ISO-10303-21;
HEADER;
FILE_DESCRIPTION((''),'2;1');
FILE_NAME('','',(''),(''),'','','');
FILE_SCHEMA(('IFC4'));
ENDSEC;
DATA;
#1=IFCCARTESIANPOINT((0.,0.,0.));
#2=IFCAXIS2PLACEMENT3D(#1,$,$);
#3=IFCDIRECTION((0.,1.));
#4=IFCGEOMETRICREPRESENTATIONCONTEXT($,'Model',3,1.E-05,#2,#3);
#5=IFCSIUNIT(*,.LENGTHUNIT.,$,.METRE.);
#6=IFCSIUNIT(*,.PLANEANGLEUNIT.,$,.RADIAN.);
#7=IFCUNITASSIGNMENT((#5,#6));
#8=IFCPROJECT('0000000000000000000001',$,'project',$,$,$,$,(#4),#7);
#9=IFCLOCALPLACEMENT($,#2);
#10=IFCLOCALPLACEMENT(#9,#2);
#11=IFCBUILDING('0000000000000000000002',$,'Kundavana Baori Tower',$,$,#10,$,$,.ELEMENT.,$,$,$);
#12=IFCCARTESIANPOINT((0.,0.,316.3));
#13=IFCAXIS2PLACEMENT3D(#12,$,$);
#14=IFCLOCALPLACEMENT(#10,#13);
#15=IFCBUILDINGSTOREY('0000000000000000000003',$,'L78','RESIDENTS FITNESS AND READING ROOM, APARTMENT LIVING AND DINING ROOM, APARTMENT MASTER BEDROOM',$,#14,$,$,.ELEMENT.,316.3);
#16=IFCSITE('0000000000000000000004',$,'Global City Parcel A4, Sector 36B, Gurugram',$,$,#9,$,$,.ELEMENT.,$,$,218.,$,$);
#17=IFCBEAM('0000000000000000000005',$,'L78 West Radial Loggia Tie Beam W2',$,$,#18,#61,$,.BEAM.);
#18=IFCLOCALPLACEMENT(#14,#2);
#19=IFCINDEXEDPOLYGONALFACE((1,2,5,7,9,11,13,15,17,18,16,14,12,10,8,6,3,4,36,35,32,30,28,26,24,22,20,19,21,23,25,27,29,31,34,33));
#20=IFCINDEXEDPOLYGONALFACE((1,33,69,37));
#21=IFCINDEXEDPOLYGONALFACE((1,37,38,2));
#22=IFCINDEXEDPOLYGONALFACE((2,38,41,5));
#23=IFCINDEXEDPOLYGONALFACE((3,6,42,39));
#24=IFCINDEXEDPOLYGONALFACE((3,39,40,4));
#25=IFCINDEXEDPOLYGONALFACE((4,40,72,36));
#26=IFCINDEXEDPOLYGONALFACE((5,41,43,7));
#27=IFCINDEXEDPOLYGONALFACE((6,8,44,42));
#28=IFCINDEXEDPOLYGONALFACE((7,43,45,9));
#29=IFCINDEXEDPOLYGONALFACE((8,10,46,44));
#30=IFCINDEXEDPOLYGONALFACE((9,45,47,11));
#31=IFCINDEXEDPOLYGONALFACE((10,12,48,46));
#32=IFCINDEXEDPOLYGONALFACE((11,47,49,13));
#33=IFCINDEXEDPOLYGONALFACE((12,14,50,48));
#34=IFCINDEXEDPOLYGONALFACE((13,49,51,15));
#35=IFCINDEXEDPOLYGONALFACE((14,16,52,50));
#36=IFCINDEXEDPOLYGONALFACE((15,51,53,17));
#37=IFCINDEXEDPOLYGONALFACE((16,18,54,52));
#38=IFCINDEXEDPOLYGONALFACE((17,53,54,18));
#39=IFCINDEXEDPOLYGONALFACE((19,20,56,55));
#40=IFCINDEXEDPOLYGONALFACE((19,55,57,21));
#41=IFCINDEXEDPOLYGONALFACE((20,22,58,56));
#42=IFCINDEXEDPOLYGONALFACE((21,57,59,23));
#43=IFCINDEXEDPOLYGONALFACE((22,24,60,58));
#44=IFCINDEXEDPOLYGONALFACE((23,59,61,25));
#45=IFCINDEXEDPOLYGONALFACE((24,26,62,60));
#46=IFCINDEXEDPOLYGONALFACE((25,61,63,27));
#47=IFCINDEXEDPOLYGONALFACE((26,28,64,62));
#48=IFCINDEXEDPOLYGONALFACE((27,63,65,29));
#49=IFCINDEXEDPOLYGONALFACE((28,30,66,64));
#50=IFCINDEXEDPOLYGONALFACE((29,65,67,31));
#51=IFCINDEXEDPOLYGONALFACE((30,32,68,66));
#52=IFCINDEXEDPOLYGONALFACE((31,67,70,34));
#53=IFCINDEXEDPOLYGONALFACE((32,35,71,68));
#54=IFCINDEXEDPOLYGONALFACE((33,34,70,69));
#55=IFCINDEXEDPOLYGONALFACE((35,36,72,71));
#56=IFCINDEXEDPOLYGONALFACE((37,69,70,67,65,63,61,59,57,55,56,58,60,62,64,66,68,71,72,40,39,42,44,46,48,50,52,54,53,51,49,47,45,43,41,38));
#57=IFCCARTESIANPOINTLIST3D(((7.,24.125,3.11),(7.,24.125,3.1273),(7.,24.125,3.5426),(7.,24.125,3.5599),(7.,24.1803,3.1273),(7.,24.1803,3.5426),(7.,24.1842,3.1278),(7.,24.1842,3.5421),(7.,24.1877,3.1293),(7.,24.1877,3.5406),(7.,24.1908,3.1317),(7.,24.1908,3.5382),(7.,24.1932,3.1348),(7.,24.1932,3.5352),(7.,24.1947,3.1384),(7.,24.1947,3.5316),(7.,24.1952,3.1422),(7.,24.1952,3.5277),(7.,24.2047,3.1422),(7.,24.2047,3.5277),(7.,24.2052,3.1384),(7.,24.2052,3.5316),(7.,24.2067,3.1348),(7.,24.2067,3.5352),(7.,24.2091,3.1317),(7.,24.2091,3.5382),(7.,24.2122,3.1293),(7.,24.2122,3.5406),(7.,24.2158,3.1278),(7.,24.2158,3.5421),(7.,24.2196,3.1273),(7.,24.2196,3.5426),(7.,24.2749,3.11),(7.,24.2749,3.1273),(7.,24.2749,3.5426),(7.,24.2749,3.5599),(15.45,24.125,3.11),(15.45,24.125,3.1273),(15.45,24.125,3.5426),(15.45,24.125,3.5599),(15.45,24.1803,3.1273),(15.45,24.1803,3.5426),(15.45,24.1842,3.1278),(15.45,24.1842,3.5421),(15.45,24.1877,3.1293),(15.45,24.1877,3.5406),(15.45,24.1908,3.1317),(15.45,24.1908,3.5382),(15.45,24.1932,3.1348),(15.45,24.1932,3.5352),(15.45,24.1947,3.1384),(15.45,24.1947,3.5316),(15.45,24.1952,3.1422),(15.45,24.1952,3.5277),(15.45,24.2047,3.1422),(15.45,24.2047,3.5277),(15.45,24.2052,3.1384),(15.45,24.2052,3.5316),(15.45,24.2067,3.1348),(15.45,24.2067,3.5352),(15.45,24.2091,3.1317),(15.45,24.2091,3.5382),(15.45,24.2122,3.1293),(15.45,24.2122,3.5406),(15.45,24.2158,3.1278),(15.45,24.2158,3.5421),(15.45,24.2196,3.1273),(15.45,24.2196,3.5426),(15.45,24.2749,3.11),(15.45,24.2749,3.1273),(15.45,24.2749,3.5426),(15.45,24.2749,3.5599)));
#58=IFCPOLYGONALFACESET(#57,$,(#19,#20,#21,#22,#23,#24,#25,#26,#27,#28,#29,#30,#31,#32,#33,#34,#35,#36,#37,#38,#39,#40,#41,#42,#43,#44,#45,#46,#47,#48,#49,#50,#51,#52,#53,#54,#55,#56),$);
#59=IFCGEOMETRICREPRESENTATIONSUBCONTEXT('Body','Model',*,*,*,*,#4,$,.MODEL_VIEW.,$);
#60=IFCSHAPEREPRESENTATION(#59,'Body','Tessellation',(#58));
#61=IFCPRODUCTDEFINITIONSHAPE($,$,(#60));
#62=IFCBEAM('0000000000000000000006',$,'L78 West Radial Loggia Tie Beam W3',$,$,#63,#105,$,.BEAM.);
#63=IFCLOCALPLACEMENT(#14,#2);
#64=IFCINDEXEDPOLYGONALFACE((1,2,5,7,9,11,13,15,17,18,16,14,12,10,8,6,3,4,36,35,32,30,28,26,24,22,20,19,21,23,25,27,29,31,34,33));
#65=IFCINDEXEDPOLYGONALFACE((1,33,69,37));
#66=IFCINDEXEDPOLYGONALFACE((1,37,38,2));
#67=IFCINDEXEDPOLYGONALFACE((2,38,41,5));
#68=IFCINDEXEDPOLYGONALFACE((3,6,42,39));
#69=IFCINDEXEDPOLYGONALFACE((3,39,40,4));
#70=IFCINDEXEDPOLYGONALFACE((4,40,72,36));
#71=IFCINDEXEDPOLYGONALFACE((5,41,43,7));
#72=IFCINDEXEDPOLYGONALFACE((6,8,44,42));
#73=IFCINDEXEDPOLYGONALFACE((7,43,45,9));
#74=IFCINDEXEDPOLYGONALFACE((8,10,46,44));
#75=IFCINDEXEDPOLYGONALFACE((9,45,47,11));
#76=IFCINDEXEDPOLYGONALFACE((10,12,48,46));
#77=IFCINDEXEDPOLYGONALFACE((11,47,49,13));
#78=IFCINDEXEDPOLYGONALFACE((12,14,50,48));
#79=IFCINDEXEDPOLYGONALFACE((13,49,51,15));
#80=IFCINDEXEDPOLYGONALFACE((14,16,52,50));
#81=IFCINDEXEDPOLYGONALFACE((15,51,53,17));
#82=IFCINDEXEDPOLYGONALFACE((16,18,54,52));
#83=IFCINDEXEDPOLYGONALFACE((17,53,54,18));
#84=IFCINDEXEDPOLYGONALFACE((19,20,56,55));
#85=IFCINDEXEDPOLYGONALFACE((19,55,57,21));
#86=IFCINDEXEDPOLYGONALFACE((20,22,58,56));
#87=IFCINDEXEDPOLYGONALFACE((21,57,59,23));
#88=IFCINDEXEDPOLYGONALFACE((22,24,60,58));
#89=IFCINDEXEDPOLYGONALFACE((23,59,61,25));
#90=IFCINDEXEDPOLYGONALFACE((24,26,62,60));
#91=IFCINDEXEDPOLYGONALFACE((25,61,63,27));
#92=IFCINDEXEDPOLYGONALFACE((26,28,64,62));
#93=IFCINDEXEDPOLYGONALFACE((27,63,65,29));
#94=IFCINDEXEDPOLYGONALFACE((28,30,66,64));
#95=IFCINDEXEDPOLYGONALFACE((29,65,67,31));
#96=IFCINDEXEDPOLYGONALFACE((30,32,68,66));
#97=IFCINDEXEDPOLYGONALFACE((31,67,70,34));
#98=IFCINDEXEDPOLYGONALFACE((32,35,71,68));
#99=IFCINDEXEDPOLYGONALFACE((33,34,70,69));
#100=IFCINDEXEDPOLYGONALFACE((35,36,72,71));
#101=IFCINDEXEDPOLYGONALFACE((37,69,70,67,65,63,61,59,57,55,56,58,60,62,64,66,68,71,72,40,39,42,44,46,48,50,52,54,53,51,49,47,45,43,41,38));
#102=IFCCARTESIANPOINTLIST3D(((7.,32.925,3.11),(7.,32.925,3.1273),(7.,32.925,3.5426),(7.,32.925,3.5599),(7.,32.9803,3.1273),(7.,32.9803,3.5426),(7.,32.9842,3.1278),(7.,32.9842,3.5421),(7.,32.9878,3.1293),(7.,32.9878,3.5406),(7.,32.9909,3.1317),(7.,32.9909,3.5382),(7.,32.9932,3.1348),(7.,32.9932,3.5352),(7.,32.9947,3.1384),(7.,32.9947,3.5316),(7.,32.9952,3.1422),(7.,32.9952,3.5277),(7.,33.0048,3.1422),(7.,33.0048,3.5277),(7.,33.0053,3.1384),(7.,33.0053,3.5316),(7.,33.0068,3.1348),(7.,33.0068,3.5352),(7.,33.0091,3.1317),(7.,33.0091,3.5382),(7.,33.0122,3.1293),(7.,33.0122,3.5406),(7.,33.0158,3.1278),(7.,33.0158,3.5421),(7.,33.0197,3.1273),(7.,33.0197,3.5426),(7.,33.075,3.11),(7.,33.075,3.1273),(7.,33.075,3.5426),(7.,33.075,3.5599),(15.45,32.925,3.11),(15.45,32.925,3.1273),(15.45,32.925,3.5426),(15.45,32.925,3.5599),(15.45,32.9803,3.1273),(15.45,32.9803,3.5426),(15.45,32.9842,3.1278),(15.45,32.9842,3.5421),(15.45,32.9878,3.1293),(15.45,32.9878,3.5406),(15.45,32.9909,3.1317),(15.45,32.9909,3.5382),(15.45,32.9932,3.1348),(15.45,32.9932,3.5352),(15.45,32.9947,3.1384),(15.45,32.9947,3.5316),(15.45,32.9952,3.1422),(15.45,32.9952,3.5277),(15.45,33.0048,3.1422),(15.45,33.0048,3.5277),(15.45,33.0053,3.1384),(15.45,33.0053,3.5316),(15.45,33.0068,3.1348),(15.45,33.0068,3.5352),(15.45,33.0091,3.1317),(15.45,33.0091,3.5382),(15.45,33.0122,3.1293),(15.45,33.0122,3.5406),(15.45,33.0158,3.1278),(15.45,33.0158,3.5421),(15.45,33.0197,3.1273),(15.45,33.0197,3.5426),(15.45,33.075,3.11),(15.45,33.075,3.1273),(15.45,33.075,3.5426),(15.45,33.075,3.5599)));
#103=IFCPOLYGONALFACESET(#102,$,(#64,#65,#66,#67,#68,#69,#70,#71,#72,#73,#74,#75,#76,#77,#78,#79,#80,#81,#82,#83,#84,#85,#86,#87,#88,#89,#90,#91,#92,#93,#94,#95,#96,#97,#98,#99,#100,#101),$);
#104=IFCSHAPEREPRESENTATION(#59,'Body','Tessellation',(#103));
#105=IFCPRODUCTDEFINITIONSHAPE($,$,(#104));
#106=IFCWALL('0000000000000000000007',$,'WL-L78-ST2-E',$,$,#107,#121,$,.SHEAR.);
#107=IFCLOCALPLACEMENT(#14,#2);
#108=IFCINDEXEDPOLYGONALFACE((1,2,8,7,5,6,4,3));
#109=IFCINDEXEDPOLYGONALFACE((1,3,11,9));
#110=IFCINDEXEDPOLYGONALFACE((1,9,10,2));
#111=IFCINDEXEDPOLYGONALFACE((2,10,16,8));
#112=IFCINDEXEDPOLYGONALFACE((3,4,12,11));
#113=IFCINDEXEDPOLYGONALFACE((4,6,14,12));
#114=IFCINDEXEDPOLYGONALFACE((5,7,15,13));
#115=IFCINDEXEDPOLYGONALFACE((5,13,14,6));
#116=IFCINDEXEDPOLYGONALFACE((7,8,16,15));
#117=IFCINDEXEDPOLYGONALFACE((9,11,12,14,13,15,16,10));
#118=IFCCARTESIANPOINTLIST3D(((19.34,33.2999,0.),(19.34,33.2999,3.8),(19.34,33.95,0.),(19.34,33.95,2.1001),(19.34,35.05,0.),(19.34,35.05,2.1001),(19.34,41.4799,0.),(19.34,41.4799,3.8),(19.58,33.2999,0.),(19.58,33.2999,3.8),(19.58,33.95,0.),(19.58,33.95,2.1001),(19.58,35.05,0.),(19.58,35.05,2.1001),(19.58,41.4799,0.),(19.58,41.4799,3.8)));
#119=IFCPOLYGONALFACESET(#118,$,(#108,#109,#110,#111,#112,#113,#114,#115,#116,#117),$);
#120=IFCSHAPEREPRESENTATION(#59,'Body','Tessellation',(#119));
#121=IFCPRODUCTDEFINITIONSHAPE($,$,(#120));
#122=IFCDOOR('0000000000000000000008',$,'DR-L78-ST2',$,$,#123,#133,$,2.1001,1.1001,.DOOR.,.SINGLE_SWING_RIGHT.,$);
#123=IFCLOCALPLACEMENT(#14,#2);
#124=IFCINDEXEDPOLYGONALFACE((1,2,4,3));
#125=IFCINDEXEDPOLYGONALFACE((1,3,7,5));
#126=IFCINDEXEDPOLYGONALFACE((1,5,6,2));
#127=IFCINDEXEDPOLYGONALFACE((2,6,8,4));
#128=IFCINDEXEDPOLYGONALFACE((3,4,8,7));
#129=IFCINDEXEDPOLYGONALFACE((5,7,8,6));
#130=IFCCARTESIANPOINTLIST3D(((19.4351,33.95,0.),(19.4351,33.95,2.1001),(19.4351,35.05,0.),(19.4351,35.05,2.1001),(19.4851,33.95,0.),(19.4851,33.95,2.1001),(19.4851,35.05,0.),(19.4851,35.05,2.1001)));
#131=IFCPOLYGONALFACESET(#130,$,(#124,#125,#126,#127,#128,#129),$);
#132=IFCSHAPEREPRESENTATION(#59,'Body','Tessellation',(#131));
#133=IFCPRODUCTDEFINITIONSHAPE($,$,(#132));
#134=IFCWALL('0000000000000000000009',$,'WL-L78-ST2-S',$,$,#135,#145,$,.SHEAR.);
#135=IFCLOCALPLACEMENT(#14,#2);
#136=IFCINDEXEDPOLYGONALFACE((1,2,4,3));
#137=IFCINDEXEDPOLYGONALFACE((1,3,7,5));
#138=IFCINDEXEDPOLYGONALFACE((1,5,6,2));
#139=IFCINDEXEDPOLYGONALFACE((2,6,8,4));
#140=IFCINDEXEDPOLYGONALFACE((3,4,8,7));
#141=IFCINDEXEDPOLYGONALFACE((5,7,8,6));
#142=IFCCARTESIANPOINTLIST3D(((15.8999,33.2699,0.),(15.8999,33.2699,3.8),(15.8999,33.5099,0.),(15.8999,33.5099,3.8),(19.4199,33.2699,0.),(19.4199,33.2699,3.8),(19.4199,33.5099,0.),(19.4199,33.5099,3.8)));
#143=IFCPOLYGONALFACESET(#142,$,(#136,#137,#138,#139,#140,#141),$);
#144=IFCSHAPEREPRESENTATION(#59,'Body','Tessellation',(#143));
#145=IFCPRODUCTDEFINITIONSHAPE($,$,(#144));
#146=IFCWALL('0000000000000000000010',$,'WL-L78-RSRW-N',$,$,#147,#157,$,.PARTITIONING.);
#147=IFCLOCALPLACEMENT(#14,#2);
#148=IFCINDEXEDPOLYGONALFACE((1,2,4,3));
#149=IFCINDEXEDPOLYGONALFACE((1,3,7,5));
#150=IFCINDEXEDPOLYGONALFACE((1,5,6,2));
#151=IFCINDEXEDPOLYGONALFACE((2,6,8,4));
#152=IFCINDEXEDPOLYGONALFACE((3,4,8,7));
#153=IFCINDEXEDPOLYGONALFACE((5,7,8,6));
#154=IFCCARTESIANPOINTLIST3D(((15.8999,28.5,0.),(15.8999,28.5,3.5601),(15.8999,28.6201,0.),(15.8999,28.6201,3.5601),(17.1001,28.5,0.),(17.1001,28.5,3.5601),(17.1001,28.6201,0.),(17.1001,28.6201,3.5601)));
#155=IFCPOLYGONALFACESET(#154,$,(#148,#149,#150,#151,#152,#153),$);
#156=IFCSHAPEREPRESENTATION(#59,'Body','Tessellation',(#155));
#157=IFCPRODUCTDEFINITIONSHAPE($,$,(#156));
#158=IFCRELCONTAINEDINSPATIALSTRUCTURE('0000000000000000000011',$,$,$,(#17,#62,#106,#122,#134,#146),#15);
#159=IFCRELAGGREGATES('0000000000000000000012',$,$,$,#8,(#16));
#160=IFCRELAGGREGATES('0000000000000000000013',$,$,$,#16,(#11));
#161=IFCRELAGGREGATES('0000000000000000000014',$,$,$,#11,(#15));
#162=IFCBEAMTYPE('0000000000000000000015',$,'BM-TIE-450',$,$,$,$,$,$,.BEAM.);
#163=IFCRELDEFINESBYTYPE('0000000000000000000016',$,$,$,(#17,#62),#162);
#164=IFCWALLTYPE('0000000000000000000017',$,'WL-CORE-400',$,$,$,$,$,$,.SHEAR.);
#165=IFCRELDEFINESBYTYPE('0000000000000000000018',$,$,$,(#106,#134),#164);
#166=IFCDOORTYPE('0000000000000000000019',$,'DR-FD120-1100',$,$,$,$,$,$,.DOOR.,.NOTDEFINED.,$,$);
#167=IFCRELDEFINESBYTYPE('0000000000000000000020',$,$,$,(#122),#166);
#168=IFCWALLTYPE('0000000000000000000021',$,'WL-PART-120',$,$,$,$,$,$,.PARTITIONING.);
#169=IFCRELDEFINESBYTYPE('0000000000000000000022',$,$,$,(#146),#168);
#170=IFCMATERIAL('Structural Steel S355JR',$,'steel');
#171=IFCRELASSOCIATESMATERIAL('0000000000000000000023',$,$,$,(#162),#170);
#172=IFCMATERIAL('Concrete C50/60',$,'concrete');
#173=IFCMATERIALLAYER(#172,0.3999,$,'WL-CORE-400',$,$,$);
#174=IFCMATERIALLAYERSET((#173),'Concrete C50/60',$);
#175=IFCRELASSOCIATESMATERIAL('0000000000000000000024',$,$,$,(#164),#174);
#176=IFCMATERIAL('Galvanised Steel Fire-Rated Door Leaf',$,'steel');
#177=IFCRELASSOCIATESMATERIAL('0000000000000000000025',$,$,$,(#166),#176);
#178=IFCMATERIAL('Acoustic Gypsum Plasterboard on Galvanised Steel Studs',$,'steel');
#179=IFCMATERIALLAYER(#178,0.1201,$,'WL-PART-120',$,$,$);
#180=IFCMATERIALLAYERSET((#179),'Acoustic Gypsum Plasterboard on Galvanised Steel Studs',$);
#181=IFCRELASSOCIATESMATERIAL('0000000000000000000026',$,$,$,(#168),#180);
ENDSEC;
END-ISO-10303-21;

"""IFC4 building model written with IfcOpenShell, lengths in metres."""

from ifc_helpers import new_model, si_unit, direction, frame, frame_2d, origin, origin_2d, place, context, subcontext, project, spatial, rectangle, i_section, extrude, material, layer, layer_set, material_profile, profile_set, type_object, element, fill, save


model = new_model("IFC4")

# Units and contexts
model_context = context("Model", 3, precision=1e-05, world=origin(), true_north=direction((0.0, 1.0)))
body_context = subcontext(model_context, "Body", "Model", "MODEL_VIEW")
ifc_project = project(units=[si_unit("LENGTHUNIT", "METRE"), si_unit("PLANEANGLEUNIT", "RADIAN")], contexts=[model_context])

# Site, building, storey
site_placement = place(None, origin())
site = spatial("IfcSite", under=ifc_project, at=site_placement, Name="Global City Parcel A4, Sector 36B, Gurugram", CompositionType="ELEMENT", RefElevation=218.0)
building_placement = place(site_placement, origin())
building = spatial("IfcBuilding", under=site, at=building_placement, Name="Kundavana Baori Tower", CompositionType="ELEMENT")
storey_placement = place(building_placement, frame((0.0, 0.0, 316.3)))
storey = spatial("IfcBuildingStorey", under=building, at=storey_placement, Name="L78", Description="RESIDENTS FITNESS AND READING ROOM, APARTMENT LIVING AND DINING ROOM, APARTMENT MASTER BEDROOM", CompositionType="ELEMENT", Elevation=316.3)

# Beams
ifc_material_1 = material(Name="Structural Steel S355JR", Category="steel")
ifc_material_profile_1 = material_profile(ifc_material_1, i_section(OverallWidth=0.1499, OverallDepth=0.45, WebThickness=0.0095, FlangeThickness=0.0173, FilletRadius=0.0149, at=origin_2d()), Name="ISMB 450")
ifc_profile_set_1 = profile_set([ifc_material_profile_1], Name="Structural Steel S355JR")
beam_type_1 = type_object("IfcBeamType", Name="BM-TIE-450", PredefinedType="BEAM", material=ifc_profile_set_1)
for number, where, z_axis, x_axis, name in (
    (1, (15.45, 24.2, 3.335), (-1.0, 0.0, 0.0), (0.0, -1.0, 0.0), "L78 West Radial Loggia Tie Beam W2"),
    (2, (15.45, 33.0, 3.335), (-1.0, 0.0, 0.0), (0.0, -1.0, 0.0), "L78 West Radial Loggia Tie Beam W3"),
):
    element("IfcBeam", number, at=place(storey_placement, frame(where, z_axis=z_axis, x_axis=x_axis)), inside=storey, type_object=beam_type_1, Name=name, PredefinedType="BEAM", context=body_context, shape_type="SweptSolid", body=[
        extrude(i_section(OverallWidth=0.1499, OverallDepth=0.45, WebThickness=0.0095, FlangeThickness=0.0173, FilletRadius=0.0149, at=origin_2d()), origin(), (0.0, 0.0, 1.0), 8.45),
    ])

# Wall, opening, door
ifc_material_2 = material(Name="Concrete C50/60", Category="concrete")
ifc_layer_1 = layer(ifc_material_2, 0.3999, Name="WL-CORE-400")
ifc_layer_set_1 = layer_set([ifc_layer_1], Name="Concrete C50/60")
wall_type_1 = type_object("IfcWallType", Name="WL-CORE-400", PredefinedType="SHEAR", material=ifc_layer_set_1)
wall_1_placement = place(storey_placement, frame((19.46, 33.3, 0.0), z_axis=(0.0, 0.0, 1.0), x_axis=(0.0, 1.0, 0.0)))
wall_1 = element("IfcWall", 3, at=wall_1_placement, inside=storey, type_object=wall_type_1, Name="WL-L78-ST2-E", PredefinedType="SHEAR", context=body_context, shape_type="SweptSolid", body=[
    extrude(rectangle(XDim=8.1799, YDim=0.24, at=frame_2d((4.0898, 0.0))), origin(), (0.0, 0.0, 1.0), 3.8),
])
opening_1_placement = place(wall_1_placement, frame((0.6499, 0.0, 0.0)))
opening_1 = element("IfcOpeningElement", 4, at=opening_1_placement, cuts=wall_1, PredefinedType="OPENING", context=body_context, shape_type="SweptSolid", body=[
    extrude(rectangle(XDim=1.1001, YDim=2.1001, at=frame_2d((0.55, 1.05))), frame((0.0, 0.1299, 0.0), z_axis=(0.0, -1.0, 0.0), x_axis=(1.0, 0.0, 0.0)), (0.0, 0.0, 1.0), 0.26),
])
ifc_material_3 = material(Name="Galvanised Steel Fire-Rated Door Leaf", Category="steel")
door_type_1 = type_object("IfcDoorType", Name="DR-FD120-1100", OperationType="NOTDEFINED", PredefinedType="DOOR", material=ifc_material_3)
door_1_placement = place(opening_1_placement, origin())
door_1 = element("IfcDoor", 5, at=door_1_placement, inside=storey, type_object=door_type_1, Name="DR-L78-ST2", OperationType="SINGLE_SWING_RIGHT", OverallHeight=2.1001, OverallWidth=1.1001, PredefinedType="DOOR", context=body_context, shape_type="SweptSolid", body=[
    extrude(rectangle(XDim=1.1001, YDim=2.1001, at=frame_2d((0.55, 1.05))), frame((0.0, 0.0249, 0.0), z_axis=(0.0, -1.0, 0.0), x_axis=(1.0, 0.0, 0.0)), (0.0, 0.0, 1.0), 0.05),
])
fill(opening_1, door_1)

# Walls
wall_2_placement = place(storey_placement, frame((15.8999, 33.3899, 0.0), z_axis=(0.0, 0.0, 1.0), x_axis=(1.0, 0.0, 0.0)))
element("IfcWall", 6, at=wall_2_placement, inside=storey, type_object=wall_type_1, Name="WL-L78-ST2-S", PredefinedType="SHEAR", context=body_context, shape_type="SweptSolid", body=[
    extrude(rectangle(XDim=3.52, YDim=0.24, at=frame_2d((1.76, 0.0))), origin(), (0.0, 0.0, 1.0), 3.8),
])
ifc_material_4 = material(Name="Acoustic Gypsum Plasterboard on Galvanised Steel Studs", Category="steel")
ifc_layer_2 = layer(ifc_material_4, 0.1201, Name="WL-PART-120")
ifc_layer_set_2 = layer_set([ifc_layer_2], Name="Acoustic Gypsum Plasterboard on Galvanised Steel Studs")
wall_type_2 = type_object("IfcWallType", Name="WL-PART-120", PredefinedType="PARTITIONING", material=ifc_layer_set_2)
wall_3_placement = place(storey_placement, frame((15.8999, 28.5601, 0.0), z_axis=(0.0, 0.0, 1.0), x_axis=(1.0, 0.0, 0.0)))
element("IfcWall", 7, at=wall_3_placement, inside=storey, type_object=wall_type_2, Name="WL-L78-RSRW-N", PredefinedType="PARTITIONING", context=body_context, shape_type="SweptSolid", body=[
    extrude(rectangle(XDim=1.2002, YDim=0.1201, at=frame_2d((0.6001, 0.0))), origin(), (0.0, 0.0, 1.0), 3.5601),
])

save(model, "model.ifc")
